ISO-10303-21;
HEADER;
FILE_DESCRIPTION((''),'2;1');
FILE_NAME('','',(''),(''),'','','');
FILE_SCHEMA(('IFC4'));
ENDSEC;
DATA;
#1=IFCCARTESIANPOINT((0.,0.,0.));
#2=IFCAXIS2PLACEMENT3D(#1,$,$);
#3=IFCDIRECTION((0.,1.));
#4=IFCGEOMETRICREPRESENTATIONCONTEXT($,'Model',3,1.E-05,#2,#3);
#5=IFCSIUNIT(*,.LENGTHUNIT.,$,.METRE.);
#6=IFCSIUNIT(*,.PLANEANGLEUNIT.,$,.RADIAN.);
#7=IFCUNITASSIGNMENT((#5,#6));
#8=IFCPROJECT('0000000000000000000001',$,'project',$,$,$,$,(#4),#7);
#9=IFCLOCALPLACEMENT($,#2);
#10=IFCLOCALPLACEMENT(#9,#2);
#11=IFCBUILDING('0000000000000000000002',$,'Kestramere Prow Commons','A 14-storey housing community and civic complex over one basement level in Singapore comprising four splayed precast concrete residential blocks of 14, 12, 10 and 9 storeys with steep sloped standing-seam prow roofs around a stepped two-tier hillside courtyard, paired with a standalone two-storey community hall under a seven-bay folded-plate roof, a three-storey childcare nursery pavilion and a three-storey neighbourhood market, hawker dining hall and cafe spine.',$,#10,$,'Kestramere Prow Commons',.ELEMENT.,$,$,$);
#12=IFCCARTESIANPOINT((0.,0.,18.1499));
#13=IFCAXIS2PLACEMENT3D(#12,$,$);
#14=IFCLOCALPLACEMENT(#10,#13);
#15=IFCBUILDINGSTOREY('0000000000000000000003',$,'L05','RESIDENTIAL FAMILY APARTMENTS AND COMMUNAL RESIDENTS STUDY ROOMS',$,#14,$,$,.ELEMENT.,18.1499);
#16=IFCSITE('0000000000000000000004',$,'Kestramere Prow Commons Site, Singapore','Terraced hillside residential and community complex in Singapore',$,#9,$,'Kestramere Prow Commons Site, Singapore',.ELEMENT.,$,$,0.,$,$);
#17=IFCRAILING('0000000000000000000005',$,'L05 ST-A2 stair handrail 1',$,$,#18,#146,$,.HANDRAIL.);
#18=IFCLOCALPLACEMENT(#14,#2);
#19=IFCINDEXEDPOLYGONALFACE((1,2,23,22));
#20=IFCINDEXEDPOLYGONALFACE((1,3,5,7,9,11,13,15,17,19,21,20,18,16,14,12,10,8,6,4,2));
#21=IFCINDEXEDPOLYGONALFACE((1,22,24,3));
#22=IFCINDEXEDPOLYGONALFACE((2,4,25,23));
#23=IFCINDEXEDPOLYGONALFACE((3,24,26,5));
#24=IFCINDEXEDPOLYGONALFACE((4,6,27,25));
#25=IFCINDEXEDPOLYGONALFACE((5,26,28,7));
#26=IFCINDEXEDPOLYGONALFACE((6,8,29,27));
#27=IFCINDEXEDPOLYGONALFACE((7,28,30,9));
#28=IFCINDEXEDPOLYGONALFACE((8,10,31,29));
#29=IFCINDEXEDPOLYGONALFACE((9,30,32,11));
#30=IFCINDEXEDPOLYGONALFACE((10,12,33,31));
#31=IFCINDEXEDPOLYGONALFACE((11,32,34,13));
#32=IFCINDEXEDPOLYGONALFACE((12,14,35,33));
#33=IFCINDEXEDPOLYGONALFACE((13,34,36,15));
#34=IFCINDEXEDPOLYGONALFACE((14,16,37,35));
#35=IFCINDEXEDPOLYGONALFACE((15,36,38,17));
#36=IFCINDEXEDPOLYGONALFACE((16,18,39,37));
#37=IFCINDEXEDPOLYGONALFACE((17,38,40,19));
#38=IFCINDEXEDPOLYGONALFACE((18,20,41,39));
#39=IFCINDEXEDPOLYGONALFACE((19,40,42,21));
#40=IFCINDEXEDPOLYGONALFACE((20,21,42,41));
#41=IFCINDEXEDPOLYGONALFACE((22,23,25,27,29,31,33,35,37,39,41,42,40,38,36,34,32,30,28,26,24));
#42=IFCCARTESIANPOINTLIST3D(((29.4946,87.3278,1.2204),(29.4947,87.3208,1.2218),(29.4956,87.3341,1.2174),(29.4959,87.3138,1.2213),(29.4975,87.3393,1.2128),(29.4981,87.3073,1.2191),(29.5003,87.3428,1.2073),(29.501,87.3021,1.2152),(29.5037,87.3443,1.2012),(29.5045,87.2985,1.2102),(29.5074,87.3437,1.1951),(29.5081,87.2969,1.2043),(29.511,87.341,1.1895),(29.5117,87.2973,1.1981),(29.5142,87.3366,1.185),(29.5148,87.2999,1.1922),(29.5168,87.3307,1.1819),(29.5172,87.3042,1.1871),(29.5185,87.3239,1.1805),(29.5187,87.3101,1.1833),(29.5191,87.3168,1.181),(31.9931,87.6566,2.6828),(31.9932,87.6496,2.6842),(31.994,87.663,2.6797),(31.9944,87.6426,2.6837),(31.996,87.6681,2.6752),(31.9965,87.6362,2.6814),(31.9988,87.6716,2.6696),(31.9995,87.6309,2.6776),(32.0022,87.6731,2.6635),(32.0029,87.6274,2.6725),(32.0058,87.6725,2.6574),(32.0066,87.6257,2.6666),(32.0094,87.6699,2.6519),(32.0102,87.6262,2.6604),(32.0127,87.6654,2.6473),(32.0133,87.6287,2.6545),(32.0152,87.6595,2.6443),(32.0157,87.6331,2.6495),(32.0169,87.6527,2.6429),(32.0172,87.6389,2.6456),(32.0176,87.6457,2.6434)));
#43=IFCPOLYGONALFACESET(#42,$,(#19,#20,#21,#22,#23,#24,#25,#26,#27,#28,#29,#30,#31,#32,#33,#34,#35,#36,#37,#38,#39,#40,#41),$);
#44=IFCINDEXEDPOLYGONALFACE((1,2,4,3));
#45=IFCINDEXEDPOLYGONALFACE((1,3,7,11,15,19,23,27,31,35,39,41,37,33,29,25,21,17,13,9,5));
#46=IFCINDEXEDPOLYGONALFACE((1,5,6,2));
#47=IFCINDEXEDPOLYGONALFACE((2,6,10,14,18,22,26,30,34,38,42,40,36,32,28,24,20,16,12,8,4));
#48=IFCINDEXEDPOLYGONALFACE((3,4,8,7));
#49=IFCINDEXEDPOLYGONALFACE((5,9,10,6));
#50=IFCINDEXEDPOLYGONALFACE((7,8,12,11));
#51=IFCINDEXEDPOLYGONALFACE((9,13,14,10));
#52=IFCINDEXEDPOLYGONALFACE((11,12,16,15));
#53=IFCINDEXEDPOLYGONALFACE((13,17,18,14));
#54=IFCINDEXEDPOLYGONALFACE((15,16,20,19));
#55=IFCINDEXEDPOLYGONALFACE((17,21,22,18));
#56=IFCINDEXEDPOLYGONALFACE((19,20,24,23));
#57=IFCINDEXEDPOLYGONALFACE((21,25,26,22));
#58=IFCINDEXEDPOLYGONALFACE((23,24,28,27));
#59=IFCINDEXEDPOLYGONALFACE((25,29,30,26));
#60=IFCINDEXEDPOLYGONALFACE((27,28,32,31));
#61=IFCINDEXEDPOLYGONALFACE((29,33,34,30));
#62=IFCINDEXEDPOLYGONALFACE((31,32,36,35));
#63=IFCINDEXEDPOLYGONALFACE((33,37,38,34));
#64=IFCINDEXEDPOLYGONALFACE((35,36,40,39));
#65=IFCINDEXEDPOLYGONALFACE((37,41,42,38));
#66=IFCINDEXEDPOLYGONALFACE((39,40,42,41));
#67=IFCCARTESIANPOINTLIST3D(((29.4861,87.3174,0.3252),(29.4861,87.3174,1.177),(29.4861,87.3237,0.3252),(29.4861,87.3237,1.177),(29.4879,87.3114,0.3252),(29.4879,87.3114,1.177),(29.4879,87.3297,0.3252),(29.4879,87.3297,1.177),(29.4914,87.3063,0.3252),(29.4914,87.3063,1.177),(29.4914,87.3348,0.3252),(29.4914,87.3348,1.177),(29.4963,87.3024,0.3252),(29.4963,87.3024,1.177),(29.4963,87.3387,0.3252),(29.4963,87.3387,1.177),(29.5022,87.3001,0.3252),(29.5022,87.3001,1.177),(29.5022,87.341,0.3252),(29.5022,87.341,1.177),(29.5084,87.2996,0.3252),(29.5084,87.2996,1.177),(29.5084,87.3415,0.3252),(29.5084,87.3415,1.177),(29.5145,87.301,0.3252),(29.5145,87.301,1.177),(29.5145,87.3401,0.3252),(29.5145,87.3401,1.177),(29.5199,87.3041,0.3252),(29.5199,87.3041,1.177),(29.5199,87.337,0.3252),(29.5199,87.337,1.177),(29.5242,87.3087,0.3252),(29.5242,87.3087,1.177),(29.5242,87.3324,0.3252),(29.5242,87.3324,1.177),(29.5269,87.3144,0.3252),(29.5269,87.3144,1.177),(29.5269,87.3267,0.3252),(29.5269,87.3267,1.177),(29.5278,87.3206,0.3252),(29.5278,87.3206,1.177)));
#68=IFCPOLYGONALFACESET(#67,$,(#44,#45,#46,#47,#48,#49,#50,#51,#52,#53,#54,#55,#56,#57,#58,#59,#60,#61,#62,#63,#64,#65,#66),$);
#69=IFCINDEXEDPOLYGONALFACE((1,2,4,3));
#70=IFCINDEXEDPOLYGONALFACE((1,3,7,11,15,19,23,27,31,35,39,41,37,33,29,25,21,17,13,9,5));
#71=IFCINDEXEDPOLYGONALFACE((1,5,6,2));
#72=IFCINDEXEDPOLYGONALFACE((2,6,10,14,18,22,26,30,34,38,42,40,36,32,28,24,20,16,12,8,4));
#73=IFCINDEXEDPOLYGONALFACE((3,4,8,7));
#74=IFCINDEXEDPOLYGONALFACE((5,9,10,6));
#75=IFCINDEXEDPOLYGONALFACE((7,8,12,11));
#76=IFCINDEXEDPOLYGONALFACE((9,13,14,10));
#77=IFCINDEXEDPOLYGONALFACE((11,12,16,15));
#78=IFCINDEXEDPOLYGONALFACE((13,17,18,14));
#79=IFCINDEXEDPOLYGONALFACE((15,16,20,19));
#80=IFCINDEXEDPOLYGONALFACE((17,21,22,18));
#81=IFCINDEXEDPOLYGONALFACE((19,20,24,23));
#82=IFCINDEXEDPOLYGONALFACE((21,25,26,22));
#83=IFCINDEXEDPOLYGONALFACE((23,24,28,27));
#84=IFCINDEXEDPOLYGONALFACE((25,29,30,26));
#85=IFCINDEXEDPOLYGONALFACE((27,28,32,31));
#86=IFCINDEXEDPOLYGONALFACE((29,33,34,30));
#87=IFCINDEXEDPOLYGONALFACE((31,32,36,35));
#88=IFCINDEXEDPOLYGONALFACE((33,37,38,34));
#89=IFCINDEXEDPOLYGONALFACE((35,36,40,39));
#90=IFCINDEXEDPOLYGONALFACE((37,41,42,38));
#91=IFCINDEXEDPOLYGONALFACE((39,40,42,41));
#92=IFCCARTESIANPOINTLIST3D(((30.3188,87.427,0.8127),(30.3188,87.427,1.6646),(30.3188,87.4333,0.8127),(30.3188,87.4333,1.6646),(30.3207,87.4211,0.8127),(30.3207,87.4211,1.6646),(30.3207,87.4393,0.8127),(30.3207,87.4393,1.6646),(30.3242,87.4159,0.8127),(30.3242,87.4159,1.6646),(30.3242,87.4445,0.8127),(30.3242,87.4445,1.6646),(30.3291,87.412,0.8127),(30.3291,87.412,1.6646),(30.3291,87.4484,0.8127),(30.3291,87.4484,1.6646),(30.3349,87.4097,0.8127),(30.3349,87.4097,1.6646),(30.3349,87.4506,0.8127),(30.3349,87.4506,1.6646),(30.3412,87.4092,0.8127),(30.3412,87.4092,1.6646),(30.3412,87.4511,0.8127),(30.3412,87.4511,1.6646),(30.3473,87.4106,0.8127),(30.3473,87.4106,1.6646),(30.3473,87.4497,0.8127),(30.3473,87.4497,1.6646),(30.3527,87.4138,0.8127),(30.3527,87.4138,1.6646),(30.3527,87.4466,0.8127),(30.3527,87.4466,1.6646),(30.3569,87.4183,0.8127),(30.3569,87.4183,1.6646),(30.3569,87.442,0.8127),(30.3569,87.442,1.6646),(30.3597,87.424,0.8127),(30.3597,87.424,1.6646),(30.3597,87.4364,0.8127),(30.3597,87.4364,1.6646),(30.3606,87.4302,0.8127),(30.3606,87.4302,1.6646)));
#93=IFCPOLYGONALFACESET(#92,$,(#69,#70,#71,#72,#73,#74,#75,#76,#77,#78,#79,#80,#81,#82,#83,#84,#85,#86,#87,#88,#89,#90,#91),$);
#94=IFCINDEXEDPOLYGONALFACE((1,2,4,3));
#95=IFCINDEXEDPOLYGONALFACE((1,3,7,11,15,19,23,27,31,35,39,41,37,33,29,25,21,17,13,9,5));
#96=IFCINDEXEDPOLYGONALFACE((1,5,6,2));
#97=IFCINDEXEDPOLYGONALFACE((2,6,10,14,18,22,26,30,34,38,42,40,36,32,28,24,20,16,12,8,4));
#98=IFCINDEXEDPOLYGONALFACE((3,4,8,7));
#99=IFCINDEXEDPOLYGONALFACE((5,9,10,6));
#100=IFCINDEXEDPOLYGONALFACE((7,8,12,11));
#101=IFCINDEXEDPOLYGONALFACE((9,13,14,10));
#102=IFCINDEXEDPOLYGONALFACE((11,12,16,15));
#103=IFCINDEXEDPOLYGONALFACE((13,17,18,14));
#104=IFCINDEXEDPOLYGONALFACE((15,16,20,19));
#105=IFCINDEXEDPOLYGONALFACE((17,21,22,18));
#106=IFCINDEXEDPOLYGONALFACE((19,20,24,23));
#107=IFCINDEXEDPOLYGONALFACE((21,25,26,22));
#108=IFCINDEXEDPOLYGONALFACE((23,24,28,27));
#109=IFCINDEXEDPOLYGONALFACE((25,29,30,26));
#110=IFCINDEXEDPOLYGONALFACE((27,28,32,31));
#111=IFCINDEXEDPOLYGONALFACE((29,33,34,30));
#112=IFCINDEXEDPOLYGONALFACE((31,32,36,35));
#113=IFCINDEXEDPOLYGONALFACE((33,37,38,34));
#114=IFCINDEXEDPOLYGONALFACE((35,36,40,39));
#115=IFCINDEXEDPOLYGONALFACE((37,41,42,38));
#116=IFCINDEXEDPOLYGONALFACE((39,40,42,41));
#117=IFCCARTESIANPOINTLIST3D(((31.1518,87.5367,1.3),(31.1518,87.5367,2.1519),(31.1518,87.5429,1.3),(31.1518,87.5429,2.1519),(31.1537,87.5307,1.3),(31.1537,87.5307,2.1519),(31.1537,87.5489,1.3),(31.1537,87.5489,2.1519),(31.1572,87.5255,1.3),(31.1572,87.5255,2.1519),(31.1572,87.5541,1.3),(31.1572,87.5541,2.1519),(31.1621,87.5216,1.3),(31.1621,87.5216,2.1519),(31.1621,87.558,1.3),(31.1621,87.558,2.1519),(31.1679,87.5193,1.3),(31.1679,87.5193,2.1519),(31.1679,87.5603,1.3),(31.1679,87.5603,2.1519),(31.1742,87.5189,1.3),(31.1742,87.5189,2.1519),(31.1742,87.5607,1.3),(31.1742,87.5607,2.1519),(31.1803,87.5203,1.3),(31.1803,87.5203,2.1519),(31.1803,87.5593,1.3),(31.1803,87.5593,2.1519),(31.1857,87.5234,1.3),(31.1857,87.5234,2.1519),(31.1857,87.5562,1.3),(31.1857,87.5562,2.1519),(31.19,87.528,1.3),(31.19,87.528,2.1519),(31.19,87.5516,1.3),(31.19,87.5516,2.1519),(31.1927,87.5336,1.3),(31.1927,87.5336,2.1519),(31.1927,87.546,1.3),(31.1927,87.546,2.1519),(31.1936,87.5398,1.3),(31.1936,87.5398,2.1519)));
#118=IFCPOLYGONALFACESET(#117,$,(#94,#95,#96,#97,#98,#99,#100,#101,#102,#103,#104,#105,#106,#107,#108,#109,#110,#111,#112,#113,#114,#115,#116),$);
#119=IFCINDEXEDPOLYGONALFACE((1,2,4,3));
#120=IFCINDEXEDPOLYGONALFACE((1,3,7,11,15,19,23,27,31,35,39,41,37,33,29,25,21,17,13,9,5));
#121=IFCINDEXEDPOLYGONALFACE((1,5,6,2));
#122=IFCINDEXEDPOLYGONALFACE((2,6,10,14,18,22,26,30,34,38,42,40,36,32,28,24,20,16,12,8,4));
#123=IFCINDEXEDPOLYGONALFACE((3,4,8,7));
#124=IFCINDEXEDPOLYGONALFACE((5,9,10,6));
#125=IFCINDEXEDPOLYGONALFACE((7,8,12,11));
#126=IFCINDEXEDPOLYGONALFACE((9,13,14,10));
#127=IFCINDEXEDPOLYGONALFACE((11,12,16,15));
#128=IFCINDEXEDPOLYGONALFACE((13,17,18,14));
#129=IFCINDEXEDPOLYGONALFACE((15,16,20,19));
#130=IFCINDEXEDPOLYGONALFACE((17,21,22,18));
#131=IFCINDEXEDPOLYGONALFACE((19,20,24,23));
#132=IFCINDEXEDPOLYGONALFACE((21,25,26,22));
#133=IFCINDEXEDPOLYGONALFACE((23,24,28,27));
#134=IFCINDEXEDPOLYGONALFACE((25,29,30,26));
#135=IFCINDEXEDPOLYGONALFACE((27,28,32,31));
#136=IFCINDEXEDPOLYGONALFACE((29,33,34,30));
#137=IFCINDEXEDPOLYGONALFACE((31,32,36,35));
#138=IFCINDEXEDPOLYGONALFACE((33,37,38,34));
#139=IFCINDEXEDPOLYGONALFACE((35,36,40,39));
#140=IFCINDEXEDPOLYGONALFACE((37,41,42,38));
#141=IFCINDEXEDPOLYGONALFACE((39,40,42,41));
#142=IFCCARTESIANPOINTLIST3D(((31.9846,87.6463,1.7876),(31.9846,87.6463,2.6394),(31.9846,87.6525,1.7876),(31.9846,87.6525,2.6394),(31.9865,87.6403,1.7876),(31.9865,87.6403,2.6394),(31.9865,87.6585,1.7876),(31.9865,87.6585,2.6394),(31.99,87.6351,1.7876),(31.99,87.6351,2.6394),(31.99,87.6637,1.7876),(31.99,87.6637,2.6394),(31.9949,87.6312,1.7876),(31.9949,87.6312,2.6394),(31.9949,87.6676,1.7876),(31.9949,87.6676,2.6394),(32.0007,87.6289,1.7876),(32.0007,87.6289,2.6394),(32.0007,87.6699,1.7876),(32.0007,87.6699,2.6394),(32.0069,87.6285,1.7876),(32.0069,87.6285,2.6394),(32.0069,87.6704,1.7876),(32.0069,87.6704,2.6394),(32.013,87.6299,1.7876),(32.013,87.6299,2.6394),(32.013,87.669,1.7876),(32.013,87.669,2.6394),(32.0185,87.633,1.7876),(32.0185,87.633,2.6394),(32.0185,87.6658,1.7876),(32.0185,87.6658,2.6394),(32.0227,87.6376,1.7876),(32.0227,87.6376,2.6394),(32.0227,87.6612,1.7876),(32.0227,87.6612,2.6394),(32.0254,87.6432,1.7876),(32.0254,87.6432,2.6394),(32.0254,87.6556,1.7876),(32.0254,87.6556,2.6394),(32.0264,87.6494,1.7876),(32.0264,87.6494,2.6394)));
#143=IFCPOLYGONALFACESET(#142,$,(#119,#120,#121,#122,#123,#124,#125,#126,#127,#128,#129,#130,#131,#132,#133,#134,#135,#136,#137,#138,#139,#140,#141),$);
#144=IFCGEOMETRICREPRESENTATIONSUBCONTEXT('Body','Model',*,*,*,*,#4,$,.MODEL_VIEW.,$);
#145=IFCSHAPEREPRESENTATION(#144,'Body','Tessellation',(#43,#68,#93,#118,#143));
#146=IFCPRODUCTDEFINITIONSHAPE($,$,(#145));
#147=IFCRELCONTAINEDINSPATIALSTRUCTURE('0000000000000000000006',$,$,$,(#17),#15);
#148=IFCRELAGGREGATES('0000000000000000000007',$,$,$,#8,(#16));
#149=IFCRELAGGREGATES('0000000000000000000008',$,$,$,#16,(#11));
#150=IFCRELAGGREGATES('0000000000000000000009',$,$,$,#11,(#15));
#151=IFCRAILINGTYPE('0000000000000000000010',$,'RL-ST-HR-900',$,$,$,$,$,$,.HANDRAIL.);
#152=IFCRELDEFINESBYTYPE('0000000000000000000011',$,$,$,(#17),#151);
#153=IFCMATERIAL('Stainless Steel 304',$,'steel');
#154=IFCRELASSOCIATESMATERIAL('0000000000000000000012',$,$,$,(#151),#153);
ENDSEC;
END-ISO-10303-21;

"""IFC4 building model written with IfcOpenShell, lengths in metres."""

from ifc_helpers import new_model, si_unit, direction, frame, origin, origin_2d, place, context, subcontext, project, spatial, circle, extrude, material, type_object, element, save


model = new_model("IFC4")

# Units and contexts
model_context = context("Model", 3, precision=1e-05, world=origin(), true_north=direction((0.0, 1.0)))
body_context = subcontext(model_context, "Body", "Model", "MODEL_VIEW")
ifc_project = project(units=[si_unit("LENGTHUNIT", "METRE"), si_unit("PLANEANGLEUNIT", "RADIAN")], contexts=[model_context])

# Site, building, storey
site_placement = place(None, origin())
site = spatial("IfcSite", under=ifc_project, at=site_placement, Name="Kestramere Prow Commons Site, Singapore", Description="Terraced hillside residential and community complex in Singapore", LongName="Kestramere Prow Commons Site, Singapore", CompositionType="ELEMENT", RefElevation=0.0)
building_placement = place(site_placement, origin())
building = spatial("IfcBuilding", under=site, at=building_placement, Name="Kestramere Prow Commons", Description="A 14-storey housing community and civic complex over one basement level in Singapore comprising four splayed precast concrete residential blocks of 14, 12, 10 and 9 storeys with steep sloped standing-seam prow roofs around a stepped two-tier hillside courtyard, paired with a standalone two-storey community hall under a seven-bay folded-plate roof, a three-storey childcare nursery pavilion and a three-storey neighbourhood market, hawker dining hall and cafe spine.", LongName="Kestramere Prow Commons", CompositionType="ELEMENT")
storey_placement = place(building_placement, frame((0.0, 0.0, 18.1499)))
storey = spatial("IfcBuildingStorey", under=building, at=storey_placement, Name="L05", Description="RESIDENTIAL FAMILY APARTMENTS AND COMMUNAL RESIDENTS STUDY ROOMS", CompositionType="ELEMENT", Elevation=18.1499)

# Railing
ifc_material_1 = material(Name="Stainless Steel 304", Category="steel")
railing_type_1 = type_object("IfcRailingType", Name="RL-ST-HR-900", PredefinedType="HANDRAIL", material=ifc_material_1)
railing_1_placement = place(storey_placement, frame((29.5068, 87.3206, 0.3252)))
element("IfcRailing", 1, at=railing_1_placement, inside=storey, type_object=railing_type_1, Name="L05 ST-A2 stair handrail 1", PredefinedType="HANDRAIL", context=body_context, shape_type="SweptSolid", body=[
    extrude(circle(Radius=0.0239, at=origin_2d()), frame((0.0, 0.0, 0.876), z_axis=(0.857523, 0.112867, 0.501912), x_axis=(-0.130495, 0.991449, 0.0)), (0.0, 0.0, 1.0), 2.9136),
    extrude(circle(Radius=0.021, at=origin_2d()), origin(), (0.0, 0.0, 1.0), 0.8518),
    extrude(circle(Radius=0.021, at=origin_2d()), frame((0.8328, 0.1096, 0.4875)), (0.0, 0.0, 1.0), 0.8518),
    extrude(circle(Radius=0.021, at=origin_2d()), frame((1.6658, 0.2192, 0.9749)), (0.0, 0.0, 1.0), 0.8518),
    extrude(circle(Radius=0.021, at=origin_2d()), frame((2.4985, 0.3289, 1.4624)), (0.0, 0.0, 1.0), 0.8518),
])

save(model, "model.ifc")
